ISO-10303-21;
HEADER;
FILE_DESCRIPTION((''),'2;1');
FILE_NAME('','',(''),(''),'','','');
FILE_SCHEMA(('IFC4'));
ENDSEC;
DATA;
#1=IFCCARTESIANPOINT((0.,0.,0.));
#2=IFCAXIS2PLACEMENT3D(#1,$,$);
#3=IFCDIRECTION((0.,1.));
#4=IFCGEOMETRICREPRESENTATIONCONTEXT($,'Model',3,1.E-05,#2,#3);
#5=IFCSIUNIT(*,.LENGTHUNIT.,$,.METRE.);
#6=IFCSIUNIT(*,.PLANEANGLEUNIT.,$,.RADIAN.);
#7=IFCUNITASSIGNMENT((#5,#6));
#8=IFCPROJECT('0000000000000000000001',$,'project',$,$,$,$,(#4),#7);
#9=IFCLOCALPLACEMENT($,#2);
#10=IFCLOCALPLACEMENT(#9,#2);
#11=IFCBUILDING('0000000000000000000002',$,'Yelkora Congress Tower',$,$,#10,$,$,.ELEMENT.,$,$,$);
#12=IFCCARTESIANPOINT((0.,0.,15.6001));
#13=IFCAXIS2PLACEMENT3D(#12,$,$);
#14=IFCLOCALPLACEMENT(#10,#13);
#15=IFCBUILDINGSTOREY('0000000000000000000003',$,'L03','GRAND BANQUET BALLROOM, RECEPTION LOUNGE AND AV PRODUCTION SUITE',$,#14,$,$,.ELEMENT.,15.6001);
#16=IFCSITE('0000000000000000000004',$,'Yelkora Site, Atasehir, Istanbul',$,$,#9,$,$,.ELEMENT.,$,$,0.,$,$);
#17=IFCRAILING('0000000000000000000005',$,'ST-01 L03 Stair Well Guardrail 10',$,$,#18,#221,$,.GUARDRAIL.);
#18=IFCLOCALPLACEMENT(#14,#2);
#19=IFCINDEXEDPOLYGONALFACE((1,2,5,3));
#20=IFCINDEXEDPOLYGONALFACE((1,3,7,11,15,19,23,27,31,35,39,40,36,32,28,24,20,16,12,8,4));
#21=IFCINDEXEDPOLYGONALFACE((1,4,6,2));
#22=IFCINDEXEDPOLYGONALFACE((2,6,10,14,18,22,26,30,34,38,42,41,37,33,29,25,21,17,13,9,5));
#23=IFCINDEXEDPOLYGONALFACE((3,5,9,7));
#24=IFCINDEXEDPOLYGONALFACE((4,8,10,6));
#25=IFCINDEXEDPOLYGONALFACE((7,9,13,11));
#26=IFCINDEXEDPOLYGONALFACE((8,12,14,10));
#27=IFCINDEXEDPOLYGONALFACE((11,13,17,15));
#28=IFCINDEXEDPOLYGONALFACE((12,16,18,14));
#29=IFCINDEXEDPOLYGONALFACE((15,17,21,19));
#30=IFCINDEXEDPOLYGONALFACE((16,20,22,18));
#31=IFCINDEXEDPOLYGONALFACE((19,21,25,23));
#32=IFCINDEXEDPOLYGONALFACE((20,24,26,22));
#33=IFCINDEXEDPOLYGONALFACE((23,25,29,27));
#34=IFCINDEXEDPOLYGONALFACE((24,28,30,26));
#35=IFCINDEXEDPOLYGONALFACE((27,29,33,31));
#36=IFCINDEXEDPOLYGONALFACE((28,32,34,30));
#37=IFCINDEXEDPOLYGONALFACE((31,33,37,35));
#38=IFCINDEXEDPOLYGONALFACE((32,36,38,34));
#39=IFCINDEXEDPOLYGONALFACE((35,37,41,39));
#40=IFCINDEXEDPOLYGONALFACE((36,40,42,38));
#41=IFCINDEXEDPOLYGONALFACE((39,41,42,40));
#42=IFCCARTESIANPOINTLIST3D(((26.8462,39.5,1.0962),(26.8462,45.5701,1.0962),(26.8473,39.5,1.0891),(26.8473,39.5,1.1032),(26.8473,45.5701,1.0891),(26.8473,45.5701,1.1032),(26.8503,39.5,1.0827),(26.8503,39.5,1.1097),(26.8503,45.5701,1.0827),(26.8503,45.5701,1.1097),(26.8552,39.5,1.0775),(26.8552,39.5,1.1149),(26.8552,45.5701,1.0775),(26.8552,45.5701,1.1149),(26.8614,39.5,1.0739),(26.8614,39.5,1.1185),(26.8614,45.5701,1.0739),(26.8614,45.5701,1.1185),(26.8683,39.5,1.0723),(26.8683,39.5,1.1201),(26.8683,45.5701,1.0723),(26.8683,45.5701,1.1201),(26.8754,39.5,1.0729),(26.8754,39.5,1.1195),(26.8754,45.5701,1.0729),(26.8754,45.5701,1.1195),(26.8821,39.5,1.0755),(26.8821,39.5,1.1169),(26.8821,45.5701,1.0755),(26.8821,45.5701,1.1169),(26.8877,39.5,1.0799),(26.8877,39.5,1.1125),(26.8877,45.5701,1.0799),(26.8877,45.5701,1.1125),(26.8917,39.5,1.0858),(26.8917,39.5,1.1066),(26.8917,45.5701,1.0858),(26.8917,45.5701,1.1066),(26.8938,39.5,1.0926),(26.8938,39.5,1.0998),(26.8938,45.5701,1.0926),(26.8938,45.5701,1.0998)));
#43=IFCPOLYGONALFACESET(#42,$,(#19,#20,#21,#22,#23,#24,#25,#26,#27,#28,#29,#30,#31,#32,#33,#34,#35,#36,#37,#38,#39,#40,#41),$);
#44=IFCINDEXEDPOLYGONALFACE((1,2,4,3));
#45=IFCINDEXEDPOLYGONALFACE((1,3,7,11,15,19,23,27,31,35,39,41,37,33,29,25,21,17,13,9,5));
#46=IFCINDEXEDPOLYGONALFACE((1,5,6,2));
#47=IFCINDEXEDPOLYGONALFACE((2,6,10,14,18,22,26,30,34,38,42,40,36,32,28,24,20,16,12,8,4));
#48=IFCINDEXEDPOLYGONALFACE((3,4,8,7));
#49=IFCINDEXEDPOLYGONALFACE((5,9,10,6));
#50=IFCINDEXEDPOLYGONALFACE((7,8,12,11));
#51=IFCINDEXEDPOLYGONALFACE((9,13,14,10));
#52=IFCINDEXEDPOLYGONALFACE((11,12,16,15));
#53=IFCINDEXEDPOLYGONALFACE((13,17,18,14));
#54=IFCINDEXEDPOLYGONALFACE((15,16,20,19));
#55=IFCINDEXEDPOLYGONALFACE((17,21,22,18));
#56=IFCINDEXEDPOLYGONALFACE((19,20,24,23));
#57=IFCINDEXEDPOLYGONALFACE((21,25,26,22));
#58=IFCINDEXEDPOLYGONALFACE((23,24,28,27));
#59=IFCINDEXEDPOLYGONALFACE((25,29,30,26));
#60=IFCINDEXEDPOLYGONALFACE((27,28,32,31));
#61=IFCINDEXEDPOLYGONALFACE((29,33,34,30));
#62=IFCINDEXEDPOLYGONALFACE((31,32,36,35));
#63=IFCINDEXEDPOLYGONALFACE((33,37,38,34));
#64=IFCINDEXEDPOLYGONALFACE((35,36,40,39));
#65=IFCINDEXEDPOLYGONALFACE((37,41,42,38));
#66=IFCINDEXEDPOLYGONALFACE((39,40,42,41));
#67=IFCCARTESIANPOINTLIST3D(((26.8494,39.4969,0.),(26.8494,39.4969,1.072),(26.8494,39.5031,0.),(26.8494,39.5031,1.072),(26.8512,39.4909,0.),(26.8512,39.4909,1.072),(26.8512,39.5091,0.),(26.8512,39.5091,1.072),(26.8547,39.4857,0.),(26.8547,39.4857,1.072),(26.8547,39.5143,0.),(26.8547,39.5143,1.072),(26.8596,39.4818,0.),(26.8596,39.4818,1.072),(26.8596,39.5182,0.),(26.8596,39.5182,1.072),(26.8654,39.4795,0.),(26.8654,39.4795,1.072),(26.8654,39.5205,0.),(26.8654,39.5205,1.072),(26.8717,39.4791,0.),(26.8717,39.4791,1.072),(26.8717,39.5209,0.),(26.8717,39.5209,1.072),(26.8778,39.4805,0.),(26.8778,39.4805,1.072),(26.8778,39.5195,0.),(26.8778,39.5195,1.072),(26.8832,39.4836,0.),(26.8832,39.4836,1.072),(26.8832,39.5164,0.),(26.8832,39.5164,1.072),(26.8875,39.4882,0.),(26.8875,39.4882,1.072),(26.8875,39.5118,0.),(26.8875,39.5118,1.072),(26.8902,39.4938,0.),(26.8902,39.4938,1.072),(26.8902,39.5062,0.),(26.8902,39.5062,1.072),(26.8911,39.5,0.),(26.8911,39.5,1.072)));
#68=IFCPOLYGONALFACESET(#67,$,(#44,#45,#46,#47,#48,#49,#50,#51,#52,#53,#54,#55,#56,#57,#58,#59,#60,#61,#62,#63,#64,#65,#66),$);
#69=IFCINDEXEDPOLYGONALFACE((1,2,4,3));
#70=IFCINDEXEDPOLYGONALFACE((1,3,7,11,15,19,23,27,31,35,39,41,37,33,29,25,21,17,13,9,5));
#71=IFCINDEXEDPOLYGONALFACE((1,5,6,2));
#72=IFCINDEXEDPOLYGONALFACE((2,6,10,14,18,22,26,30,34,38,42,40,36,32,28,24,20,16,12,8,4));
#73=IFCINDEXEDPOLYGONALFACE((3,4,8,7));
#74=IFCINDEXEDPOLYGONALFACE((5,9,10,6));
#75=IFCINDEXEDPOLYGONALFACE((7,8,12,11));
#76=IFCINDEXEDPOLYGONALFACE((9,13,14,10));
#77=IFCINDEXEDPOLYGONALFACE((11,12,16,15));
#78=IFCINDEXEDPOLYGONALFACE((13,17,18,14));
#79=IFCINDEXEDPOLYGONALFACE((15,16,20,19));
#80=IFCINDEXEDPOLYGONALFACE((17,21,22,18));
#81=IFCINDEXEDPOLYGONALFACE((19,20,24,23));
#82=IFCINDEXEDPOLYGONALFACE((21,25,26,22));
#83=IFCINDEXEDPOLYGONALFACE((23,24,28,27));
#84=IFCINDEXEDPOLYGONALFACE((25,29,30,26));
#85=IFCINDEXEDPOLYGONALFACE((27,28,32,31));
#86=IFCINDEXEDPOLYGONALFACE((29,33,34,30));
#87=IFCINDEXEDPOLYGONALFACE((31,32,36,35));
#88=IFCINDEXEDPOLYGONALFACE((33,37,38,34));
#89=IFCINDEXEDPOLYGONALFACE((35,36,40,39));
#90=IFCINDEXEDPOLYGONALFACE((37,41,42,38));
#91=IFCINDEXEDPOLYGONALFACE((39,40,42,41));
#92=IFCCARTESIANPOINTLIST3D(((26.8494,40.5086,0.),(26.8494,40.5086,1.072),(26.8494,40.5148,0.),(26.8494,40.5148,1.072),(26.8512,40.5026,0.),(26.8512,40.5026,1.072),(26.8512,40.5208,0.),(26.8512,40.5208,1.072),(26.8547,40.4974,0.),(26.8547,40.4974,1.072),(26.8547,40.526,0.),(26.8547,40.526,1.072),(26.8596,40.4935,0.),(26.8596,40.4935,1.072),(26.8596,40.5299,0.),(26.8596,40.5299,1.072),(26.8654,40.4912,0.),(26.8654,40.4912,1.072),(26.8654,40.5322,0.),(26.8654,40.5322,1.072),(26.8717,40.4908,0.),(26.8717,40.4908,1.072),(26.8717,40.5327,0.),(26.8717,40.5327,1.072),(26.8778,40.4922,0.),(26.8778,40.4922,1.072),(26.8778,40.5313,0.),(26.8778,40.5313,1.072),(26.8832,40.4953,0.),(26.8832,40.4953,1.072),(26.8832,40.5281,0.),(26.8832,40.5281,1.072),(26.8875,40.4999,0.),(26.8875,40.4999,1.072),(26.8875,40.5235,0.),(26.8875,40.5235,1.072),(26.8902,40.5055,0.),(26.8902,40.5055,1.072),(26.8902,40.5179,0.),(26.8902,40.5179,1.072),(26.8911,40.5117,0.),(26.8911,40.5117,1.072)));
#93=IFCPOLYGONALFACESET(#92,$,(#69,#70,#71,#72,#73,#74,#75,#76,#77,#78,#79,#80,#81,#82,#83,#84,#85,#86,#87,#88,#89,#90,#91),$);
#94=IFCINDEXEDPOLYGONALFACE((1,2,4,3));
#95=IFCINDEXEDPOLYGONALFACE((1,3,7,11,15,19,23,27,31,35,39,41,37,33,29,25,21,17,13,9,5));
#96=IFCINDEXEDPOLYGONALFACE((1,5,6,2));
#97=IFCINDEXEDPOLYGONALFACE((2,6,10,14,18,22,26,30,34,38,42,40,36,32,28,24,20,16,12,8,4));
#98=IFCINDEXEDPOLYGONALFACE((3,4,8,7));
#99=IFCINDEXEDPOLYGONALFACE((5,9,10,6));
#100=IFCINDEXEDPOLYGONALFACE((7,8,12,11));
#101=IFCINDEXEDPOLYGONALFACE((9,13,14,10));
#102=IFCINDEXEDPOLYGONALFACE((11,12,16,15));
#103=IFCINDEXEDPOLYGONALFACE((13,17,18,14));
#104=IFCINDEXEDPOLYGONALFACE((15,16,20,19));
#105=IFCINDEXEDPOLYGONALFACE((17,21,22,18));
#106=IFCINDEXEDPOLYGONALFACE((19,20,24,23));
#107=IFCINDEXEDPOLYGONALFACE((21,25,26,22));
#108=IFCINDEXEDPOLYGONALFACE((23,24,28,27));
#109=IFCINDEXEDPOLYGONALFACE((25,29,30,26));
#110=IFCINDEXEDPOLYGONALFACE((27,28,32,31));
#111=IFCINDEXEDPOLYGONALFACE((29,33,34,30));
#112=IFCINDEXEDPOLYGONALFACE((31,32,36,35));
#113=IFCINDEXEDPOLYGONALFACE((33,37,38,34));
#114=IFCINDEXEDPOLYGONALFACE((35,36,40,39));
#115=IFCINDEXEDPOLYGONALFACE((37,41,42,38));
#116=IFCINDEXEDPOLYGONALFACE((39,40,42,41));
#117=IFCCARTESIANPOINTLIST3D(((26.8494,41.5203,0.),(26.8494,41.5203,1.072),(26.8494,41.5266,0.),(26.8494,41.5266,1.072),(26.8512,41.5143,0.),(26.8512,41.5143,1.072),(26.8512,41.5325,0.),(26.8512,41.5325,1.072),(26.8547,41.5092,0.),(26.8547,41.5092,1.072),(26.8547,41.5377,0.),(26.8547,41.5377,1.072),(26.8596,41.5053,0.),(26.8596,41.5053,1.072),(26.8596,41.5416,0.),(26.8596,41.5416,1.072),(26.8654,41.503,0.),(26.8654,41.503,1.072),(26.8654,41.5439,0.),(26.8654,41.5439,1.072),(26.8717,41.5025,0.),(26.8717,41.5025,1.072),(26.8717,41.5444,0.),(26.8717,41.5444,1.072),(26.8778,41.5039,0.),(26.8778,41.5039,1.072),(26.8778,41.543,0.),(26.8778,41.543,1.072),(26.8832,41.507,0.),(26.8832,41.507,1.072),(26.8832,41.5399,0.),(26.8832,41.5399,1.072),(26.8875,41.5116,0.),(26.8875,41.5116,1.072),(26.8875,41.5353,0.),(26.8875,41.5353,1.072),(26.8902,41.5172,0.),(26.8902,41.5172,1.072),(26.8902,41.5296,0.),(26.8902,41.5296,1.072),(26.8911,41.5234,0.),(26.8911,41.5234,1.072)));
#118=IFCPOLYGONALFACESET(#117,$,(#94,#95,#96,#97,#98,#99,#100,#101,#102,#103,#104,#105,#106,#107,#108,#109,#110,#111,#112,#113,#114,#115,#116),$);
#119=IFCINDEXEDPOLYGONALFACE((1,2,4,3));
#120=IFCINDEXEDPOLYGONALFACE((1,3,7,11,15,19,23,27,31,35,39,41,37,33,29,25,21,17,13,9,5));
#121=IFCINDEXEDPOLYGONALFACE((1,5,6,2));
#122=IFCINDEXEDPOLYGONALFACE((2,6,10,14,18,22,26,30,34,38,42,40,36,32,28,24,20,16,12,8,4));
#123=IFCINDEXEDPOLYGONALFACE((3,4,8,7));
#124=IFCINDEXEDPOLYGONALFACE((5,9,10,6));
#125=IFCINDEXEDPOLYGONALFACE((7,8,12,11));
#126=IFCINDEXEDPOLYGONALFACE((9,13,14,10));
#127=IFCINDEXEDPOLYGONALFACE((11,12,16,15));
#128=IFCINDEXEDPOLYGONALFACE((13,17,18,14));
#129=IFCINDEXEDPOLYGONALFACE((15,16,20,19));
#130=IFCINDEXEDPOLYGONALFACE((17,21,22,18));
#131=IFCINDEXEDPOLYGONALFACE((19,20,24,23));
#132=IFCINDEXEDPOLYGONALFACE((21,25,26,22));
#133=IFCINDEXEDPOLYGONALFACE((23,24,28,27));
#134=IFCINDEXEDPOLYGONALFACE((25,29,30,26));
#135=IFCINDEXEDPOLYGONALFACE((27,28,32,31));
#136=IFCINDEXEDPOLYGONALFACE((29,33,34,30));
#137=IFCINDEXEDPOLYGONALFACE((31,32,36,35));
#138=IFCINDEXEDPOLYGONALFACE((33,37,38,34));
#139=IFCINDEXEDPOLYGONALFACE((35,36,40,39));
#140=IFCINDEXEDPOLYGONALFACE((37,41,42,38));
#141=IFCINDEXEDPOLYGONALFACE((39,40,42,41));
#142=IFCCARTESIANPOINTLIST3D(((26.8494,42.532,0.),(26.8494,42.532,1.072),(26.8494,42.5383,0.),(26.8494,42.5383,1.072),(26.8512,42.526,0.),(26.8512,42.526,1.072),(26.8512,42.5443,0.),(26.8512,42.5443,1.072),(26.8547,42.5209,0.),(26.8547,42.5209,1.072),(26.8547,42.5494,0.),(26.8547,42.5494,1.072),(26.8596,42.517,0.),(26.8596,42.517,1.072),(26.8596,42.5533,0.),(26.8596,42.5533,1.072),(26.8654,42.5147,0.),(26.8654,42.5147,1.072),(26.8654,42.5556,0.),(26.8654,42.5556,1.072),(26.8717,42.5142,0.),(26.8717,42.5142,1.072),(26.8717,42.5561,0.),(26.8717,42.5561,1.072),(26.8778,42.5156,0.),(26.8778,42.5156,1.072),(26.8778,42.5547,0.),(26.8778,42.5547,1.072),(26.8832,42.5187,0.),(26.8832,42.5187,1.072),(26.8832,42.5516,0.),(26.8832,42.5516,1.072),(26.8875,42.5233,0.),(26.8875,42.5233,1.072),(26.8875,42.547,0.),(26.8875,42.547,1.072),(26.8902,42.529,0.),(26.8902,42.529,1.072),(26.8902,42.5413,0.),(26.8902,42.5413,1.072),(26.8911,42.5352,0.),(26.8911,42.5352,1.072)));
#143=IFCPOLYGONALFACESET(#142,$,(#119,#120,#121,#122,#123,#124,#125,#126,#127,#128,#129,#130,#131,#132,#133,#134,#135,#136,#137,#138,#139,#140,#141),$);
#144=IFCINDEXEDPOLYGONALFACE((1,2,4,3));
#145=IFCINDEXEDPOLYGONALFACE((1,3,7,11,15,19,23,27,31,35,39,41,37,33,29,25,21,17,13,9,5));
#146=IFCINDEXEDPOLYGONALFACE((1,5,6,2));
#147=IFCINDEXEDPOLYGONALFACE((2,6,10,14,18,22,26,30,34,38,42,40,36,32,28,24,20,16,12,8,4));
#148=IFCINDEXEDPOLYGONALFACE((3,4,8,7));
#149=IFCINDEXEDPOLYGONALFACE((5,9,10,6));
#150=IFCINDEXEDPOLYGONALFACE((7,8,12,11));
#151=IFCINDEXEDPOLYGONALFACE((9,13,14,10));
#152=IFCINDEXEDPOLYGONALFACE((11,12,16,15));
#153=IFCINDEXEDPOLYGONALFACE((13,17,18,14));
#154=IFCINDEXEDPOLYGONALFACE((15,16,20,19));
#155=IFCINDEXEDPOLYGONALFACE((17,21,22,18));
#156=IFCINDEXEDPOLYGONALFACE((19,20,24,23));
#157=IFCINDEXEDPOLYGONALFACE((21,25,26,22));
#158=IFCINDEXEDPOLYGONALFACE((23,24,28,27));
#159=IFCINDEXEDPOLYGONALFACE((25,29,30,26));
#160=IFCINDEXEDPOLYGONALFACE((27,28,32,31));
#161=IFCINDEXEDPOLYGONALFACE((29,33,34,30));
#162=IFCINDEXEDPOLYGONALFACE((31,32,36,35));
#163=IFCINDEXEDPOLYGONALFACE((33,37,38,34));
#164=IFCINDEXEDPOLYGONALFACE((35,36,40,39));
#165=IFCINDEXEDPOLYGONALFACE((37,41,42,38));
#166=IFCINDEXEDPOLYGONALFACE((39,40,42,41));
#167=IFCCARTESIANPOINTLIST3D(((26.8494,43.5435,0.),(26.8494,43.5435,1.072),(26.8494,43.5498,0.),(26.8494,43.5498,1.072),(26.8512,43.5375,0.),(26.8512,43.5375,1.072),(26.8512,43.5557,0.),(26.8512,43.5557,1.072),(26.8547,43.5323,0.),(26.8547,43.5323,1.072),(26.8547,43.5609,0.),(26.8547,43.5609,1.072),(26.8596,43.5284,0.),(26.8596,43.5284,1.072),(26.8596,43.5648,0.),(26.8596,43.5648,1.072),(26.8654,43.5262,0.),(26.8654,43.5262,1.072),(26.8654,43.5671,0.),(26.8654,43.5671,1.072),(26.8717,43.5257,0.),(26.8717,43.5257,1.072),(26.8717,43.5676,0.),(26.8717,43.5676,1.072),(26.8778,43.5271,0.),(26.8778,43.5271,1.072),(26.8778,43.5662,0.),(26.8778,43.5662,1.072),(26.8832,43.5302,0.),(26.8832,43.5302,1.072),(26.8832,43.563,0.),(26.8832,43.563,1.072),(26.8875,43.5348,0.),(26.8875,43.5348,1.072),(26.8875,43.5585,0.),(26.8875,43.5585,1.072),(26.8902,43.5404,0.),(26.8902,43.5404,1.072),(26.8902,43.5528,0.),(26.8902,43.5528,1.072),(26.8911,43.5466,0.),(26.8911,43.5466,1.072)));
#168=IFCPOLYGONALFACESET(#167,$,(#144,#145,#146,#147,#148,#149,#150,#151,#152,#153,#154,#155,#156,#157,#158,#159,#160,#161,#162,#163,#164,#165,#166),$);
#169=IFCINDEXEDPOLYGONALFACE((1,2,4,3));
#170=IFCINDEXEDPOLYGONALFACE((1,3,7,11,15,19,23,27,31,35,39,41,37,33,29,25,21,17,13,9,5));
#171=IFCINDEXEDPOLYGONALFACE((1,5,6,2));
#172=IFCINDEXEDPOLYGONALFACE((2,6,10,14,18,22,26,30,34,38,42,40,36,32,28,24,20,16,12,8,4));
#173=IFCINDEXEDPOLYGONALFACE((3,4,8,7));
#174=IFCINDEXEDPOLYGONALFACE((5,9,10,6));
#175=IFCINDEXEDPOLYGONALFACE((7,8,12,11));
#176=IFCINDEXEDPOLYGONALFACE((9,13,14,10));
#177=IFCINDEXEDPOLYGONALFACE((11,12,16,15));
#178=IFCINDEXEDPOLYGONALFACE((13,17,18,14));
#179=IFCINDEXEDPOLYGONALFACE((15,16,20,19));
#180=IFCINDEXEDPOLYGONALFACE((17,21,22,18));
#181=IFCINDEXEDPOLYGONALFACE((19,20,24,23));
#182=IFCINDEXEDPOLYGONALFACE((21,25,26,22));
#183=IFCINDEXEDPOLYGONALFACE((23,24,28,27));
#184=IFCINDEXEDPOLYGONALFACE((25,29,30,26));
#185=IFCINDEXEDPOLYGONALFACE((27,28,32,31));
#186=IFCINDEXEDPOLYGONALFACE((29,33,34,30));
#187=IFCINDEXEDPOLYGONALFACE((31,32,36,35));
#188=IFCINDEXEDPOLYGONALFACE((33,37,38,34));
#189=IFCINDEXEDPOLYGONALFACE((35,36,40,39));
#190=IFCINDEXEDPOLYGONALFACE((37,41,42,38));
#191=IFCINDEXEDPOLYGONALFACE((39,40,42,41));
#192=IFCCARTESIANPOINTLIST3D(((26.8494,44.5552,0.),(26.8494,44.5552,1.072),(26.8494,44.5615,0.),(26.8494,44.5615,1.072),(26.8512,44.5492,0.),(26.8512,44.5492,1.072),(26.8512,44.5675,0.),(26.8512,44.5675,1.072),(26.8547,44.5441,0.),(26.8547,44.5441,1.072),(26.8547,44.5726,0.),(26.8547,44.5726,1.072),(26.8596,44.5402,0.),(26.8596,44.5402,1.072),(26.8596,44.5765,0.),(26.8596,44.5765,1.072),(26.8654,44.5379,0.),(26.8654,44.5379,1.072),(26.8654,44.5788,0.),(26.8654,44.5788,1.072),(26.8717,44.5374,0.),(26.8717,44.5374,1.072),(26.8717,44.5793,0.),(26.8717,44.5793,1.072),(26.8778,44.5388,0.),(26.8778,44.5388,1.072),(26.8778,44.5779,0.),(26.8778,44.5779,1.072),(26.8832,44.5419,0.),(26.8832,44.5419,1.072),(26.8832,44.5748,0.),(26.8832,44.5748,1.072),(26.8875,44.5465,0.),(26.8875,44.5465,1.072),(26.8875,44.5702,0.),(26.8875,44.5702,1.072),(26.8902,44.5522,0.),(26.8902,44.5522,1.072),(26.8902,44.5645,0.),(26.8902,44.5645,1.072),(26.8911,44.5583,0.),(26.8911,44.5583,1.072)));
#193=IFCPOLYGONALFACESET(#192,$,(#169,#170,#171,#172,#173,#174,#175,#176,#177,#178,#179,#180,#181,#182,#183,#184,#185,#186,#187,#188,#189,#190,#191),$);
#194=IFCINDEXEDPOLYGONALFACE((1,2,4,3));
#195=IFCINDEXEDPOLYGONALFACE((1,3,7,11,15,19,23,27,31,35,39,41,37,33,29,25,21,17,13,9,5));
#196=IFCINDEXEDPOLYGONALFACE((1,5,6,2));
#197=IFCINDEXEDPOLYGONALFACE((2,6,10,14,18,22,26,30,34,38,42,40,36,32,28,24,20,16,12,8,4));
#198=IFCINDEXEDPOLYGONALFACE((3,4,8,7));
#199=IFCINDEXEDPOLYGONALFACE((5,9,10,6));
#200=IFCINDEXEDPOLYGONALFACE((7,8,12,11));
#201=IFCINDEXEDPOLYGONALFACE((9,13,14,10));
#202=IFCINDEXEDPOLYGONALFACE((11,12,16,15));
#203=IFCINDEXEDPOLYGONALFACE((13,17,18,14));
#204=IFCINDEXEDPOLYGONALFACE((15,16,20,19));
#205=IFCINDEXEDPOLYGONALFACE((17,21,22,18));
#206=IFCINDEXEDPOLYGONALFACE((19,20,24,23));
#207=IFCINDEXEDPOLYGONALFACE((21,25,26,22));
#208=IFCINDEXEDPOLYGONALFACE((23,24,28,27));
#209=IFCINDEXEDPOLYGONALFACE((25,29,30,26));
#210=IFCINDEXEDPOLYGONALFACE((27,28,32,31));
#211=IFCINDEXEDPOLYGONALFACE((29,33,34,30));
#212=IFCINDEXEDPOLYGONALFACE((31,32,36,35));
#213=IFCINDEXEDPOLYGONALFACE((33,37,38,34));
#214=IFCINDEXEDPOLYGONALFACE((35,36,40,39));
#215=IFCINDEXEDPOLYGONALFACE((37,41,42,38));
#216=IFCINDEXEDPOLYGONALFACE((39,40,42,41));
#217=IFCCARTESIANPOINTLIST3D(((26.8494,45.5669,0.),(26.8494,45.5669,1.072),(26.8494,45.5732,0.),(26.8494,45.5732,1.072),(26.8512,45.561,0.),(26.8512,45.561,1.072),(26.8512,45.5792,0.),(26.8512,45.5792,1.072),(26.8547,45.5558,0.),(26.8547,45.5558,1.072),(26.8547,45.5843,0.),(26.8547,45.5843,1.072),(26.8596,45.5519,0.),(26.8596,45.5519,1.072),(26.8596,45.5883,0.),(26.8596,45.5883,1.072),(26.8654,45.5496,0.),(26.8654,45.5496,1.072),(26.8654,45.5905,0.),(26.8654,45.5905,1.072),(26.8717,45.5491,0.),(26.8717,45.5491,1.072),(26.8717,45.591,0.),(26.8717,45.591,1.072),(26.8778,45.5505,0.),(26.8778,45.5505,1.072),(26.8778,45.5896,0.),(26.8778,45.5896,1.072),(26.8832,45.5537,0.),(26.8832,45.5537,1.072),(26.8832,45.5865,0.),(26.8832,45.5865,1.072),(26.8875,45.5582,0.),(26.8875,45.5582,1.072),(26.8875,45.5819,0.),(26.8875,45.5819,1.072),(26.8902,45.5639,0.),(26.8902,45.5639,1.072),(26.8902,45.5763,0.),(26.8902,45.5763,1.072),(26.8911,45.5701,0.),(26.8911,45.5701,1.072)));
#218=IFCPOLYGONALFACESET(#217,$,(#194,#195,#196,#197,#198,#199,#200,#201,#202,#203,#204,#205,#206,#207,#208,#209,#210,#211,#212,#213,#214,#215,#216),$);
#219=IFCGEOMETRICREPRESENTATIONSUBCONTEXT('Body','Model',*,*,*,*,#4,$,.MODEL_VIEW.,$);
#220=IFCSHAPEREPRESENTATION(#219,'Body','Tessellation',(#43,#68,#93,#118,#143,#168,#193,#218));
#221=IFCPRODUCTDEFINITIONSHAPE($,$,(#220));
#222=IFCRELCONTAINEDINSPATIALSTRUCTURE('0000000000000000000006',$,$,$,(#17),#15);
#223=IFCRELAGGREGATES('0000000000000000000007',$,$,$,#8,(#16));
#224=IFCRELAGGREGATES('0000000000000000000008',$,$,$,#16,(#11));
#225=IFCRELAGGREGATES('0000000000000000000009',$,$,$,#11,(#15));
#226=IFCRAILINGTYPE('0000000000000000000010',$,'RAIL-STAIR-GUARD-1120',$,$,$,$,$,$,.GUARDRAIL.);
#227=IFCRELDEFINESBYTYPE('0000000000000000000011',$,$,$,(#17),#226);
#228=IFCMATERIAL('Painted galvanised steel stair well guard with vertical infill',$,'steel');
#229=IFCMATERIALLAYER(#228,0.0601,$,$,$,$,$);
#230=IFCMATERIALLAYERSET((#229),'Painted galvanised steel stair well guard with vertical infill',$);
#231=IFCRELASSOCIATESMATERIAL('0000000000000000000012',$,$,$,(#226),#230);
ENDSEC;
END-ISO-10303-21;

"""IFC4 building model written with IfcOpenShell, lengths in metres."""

from ifc_helpers import new_model, si_unit, direction, frame, origin, origin_2d, place, context, subcontext, project, spatial, circle, extrude, material, layer, layer_set, type_object, element, save


model = new_model("IFC4")

# Units and contexts
model_context = context("Model", 3, precision=1e-05, world=origin(), true_north=direction((0.0, 1.0)))
body_context = subcontext(model_context, "Body", "Model", "MODEL_VIEW")
ifc_project = project(units=[si_unit("LENGTHUNIT", "METRE"), si_unit("PLANEANGLEUNIT", "RADIAN")], contexts=[model_context])

# Site, building, storey
site_placement = place(None, origin())
site = spatial("IfcSite", under=ifc_project, at=site_placement, Name="Yelkora Site, Atasehir, Istanbul", CompositionType="ELEMENT", RefElevation=0.0)
building_placement = place(site_placement, origin())
building = spatial("IfcBuilding", under=site, at=building_placement, Name="Yelkora Congress Tower", CompositionType="ELEMENT")
storey_placement = place(building_placement, frame((0.0, 0.0, 15.6001)))
storey = spatial("IfcBuildingStorey", under=building, at=storey_placement, Name="L03", Description="GRAND BANQUET BALLROOM, RECEPTION LOUNGE AND AV PRODUCTION SUITE", CompositionType="ELEMENT", Elevation=15.6001)

# Railing
ifc_material_1 = material(Name="Painted galvanised steel stair well guard with vertical infill", Category="steel")
ifc_layer_1 = layer(ifc_material_1, 0.0601)
ifc_layer_set_1 = layer_set([ifc_layer_1], Name="Painted galvanised steel stair well guard with vertical infill")
railing_type_1 = type_object("IfcRailingType", Name="RAIL-STAIR-GUARD-1120", PredefinedType="GUARDRAIL", material=ifc_layer_set_1)
railing_1_placement = place(storey_placement, frame((26.8701, 39.5, 0.0)))
element("IfcRailing", 1, at=railing_1_placement, inside=storey, type_object=railing_type_1, Name="ST-01 L03 Stair Well Guardrail 10", PredefinedType="GUARDRAIL", context=body_context, shape_type="SweptSolid", body=[
    extrude(circle(Radius=0.0239, at=origin_2d()), frame((0.0, 0.0, 1.0962), z_axis=(0.0, 1.0, 0.0), x_axis=(-1.0, 0.0, 0.0)), (0.0, 0.0, 1.0), 6.0701),
    extrude(circle(Radius=0.021, at=origin_2d()), origin(), (0.0, 0.0, 1.0), 1.072),
    extrude(circle(Radius=0.021, at=origin_2d()), frame((0.0, 1.0117, 0.0)), (0.0, 0.0, 1.0), 1.072),
    extrude(circle(Radius=0.021, at=origin_2d()), frame((0.0, 2.0234, 0.0)), (0.0, 0.0, 1.0), 1.072),
    extrude(circle(Radius=0.021, at=origin_2d()), frame((0.0, 3.0352, 0.0)), (0.0, 0.0, 1.0), 1.072),
    extrude(circle(Radius=0.021, at=origin_2d()), frame((0.0, 4.0466, 0.0)), (0.0, 0.0, 1.0), 1.072),
    extrude(circle(Radius=0.021, at=origin_2d()), frame((0.0, 5.0583, 0.0)), (0.0, 0.0, 1.0), 1.072),
    extrude(circle(Radius=0.021, at=origin_2d()), frame((0.0, 6.0701, 0.0)), (0.0, 0.0, 1.0), 1.072),
])

save(model, "model.ifc")
